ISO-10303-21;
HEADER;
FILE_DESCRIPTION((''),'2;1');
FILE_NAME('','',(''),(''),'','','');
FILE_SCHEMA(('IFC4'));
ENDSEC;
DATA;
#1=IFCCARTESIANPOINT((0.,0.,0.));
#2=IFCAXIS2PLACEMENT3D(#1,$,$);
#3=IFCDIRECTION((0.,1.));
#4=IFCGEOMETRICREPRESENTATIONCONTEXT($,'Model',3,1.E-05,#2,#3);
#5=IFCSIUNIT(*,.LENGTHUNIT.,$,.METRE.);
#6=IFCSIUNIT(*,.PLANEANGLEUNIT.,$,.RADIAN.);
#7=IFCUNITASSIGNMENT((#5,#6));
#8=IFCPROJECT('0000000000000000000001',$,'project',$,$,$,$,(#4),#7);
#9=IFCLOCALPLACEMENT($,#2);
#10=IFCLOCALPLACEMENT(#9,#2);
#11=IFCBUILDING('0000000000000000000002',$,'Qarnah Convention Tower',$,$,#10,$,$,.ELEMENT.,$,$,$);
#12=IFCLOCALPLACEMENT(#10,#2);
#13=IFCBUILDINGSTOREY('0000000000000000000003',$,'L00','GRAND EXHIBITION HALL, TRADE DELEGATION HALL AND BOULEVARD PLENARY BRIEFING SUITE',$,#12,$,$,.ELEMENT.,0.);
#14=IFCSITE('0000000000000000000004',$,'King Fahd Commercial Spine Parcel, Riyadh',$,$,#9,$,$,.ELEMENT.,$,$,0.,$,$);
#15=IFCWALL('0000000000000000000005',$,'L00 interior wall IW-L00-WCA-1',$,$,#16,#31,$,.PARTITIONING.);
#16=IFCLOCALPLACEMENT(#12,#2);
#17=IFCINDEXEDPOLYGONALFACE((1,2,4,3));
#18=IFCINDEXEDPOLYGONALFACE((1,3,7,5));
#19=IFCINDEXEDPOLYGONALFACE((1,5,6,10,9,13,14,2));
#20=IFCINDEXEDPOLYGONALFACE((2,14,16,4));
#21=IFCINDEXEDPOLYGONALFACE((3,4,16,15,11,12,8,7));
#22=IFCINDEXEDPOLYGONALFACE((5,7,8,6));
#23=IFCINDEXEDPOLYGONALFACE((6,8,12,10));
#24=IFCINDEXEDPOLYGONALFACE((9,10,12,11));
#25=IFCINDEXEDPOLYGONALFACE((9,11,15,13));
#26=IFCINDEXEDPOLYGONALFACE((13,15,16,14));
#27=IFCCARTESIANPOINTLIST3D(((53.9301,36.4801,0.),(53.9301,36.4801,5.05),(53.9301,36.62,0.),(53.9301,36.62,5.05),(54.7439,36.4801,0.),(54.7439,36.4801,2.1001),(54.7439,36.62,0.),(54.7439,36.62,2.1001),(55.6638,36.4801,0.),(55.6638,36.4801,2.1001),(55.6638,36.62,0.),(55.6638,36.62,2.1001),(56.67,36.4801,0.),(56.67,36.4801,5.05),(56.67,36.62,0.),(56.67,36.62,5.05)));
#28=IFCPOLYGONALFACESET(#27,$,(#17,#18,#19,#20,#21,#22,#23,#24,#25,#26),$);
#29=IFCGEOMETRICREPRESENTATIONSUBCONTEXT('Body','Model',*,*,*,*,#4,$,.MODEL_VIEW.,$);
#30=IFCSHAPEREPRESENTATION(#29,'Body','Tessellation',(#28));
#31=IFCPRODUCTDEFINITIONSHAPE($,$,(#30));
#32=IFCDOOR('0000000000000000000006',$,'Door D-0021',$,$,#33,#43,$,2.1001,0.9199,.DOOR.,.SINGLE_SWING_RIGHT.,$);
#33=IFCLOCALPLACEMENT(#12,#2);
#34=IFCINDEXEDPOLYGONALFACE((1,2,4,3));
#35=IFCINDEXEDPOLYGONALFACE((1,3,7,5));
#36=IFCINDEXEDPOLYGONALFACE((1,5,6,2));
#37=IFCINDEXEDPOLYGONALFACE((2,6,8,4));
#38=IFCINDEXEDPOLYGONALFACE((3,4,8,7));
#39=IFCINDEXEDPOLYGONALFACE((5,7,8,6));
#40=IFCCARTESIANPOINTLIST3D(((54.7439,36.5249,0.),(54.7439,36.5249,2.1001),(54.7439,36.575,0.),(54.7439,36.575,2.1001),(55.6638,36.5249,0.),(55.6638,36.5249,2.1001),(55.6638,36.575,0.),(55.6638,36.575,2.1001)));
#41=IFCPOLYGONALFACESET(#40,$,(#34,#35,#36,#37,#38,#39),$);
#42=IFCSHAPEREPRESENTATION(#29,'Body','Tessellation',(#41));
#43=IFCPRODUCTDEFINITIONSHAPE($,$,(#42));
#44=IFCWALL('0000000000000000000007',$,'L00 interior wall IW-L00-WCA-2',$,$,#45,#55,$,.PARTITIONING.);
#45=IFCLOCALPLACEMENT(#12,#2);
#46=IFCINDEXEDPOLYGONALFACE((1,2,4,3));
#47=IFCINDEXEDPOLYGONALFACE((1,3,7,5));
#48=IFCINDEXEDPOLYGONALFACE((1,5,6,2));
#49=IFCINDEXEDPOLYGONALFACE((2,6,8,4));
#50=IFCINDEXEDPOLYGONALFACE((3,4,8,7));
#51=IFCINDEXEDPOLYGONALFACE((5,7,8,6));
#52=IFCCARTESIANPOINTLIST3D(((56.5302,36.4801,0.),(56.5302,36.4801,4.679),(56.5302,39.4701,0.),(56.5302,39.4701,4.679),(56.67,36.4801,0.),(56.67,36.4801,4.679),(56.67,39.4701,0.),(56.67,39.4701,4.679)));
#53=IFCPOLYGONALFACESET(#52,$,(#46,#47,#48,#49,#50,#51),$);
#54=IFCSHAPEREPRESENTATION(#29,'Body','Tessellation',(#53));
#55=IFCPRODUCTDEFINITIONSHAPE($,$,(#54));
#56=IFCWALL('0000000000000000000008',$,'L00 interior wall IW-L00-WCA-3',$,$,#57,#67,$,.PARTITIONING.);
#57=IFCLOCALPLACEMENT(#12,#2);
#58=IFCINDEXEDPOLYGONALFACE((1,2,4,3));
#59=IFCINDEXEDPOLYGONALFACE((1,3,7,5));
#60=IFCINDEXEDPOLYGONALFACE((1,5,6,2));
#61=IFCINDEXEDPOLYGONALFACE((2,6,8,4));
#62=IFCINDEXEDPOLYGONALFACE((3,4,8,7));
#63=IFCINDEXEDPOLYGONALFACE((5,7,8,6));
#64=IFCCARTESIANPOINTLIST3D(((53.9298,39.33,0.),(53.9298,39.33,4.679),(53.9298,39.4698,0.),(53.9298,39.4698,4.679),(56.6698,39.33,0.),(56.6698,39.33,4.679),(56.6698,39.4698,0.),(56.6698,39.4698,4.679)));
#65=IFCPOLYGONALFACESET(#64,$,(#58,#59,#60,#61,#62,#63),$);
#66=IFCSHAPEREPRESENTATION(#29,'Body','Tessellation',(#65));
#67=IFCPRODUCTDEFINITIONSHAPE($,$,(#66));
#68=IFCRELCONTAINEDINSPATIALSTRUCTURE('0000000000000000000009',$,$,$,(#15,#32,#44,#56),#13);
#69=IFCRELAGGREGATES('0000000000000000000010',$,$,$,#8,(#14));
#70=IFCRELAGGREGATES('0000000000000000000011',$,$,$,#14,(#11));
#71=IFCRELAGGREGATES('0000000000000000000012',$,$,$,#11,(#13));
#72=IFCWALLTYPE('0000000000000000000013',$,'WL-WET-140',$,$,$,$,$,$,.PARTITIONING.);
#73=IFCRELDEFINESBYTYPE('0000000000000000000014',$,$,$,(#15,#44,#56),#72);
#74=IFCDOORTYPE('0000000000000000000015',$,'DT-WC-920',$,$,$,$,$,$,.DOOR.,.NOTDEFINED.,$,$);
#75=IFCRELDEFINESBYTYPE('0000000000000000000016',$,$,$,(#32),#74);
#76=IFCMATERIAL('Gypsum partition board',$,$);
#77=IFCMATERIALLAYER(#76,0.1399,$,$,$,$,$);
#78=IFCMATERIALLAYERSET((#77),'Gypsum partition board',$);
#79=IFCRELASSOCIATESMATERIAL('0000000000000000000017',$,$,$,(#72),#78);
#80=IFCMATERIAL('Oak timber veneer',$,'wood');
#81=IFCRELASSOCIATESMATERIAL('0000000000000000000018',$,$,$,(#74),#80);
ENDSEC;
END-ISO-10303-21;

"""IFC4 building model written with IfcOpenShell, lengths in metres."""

from ifc_helpers import new_model, si_unit, direction, frame, frame_2d, origin, place, context, subcontext, project, spatial, rectangle, extrude, material, layer, layer_set, type_object, element, fill, save


model = new_model("IFC4")

# Units and contexts
model_context = context("Model", 3, precision=1e-05, world=origin(), true_north=direction((0.0, 1.0)))
body_context = subcontext(model_context, "Body", "Model", "MODEL_VIEW")
ifc_project = project(units=[si_unit("LENGTHUNIT", "METRE"), si_unit("PLANEANGLEUNIT", "RADIAN")], contexts=[model_context])

# Site, building, storey
site_placement = place(None, origin())
site = spatial("IfcSite", under=ifc_project, at=site_placement, Name="King Fahd Commercial Spine Parcel, Riyadh", CompositionType="ELEMENT", RefElevation=0.0)
building_placement = place(site_placement, origin())
building = spatial("IfcBuilding", under=site, at=building_placement, Name="Qarnah Convention Tower", CompositionType="ELEMENT")
storey_placement = place(building_placement, origin())
storey = spatial("IfcBuildingStorey", under=building, at=storey_placement, Name="L00", Description="GRAND EXHIBITION HALL, TRADE DELEGATION HALL AND BOULEVARD PLENARY BRIEFING SUITE", CompositionType="ELEMENT", Elevation=0.0)

# Shared definitions
ifc_material_1 = material(Name="Gypsum partition board")
ifc_layer = layer(ifc_material_1, 0.1399)
ifc_layer_set = layer_set([ifc_layer], Name="Gypsum partition board")
wall_type = type_object("IfcWallType", Name="WL-WET-140", PredefinedType="PARTITIONING", material=ifc_layer_set)

# Shared definitions
ifc_material_2 = material(Name="Oak timber veneer", Category="wood")
door_type = type_object("IfcDoorType", Name="DT-WC-920", OperationType="NOTDEFINED", PredefinedType="DOOR", material=ifc_material_2)

# Wall, opening, door
wall_1_placement = place(storey_placement, frame((53.9299, 36.55, 0.0), z_axis=(0.0, 0.0, 1.0), x_axis=(1.0, 0.0, 0.0)))
wall_1 = element("IfcWall", 1, at=wall_1_placement, inside=storey, type_object=wall_type, Name="L00 interior wall IW-L00-WCA-1", PredefinedType="PARTITIONING", context=body_context, shape_type="SweptSolid", body=[
    extrude(rectangle(XDim=2.74, YDim=0.1399, at=frame_2d((1.3701, 0.0))), origin(), (0.0, 0.0, 1.0), 5.05),
])
opening_1_placement = place(wall_1_placement, frame((0.814, 0.0, 0.0)))
opening_1 = element("IfcOpeningElement", 2, at=opening_1_placement, cuts=wall_1, PredefinedType="OPENING", context=body_context, shape_type="SweptSolid", body=[
    extrude(rectangle(XDim=0.9199, YDim=2.1001, at=frame_2d((0.46, 1.05))), frame((0.0, 0.0798, 0.0), z_axis=(0.0, -1.0, 0.0), x_axis=(1.0, 0.0, 0.0)), (0.0, 0.0, 1.0), 0.1599),
])
door_1_placement = place(opening_1_placement, origin())
door_1 = element("IfcDoor", 3, at=door_1_placement, inside=storey, type_object=door_type, Name="Door D-0021", OperationType="SINGLE_SWING_RIGHT", OverallHeight=2.1001, OverallWidth=0.9199, PredefinedType="DOOR", context=body_context, shape_type="SweptSolid", body=[
    extrude(rectangle(XDim=0.9199, YDim=2.1001, at=frame_2d((0.46, 1.05))), frame((0.0, 0.0249, 0.0), z_axis=(0.0, -1.0, 0.0), x_axis=(1.0, 0.0, 0.0)), (0.0, 0.0, 1.0), 0.05),
])
fill(opening_1, door_1)

# Walls
wall_2_placement = place(storey_placement, frame((56.6001, 36.48, 0.0), z_axis=(0.0, 0.0, 1.0), x_axis=(0.0, 1.0, 0.0)))
element("IfcWall", 4, at=wall_2_placement, inside=storey, type_object=wall_type, Name="L00 interior wall IW-L00-WCA-2", PredefinedType="PARTITIONING", context=body_context, shape_type="SweptSolid", body=[
    extrude(rectangle(XDim=2.99, YDim=0.1399, at=frame_2d((1.4951, 0.0))), origin(), (0.0, 0.0, 1.0), 4.679),
])
wall_3_placement = place(storey_placement, frame((56.6699, 39.3999, 0.0), z_axis=(0.0, 0.0, 1.0), x_axis=(-1.0, 0.0, 0.0)))
element("IfcWall", 5, at=wall_3_placement, inside=storey, type_object=wall_type, Name="L00 interior wall IW-L00-WCA-3", PredefinedType="PARTITIONING", context=body_context, shape_type="SweptSolid", body=[
    extrude(rectangle(XDim=2.74, YDim=0.1399, at=frame_2d((1.3701, 0.0))), origin(), (0.0, 0.0, 1.0), 4.679),
])

save(model, "model.ifc")
